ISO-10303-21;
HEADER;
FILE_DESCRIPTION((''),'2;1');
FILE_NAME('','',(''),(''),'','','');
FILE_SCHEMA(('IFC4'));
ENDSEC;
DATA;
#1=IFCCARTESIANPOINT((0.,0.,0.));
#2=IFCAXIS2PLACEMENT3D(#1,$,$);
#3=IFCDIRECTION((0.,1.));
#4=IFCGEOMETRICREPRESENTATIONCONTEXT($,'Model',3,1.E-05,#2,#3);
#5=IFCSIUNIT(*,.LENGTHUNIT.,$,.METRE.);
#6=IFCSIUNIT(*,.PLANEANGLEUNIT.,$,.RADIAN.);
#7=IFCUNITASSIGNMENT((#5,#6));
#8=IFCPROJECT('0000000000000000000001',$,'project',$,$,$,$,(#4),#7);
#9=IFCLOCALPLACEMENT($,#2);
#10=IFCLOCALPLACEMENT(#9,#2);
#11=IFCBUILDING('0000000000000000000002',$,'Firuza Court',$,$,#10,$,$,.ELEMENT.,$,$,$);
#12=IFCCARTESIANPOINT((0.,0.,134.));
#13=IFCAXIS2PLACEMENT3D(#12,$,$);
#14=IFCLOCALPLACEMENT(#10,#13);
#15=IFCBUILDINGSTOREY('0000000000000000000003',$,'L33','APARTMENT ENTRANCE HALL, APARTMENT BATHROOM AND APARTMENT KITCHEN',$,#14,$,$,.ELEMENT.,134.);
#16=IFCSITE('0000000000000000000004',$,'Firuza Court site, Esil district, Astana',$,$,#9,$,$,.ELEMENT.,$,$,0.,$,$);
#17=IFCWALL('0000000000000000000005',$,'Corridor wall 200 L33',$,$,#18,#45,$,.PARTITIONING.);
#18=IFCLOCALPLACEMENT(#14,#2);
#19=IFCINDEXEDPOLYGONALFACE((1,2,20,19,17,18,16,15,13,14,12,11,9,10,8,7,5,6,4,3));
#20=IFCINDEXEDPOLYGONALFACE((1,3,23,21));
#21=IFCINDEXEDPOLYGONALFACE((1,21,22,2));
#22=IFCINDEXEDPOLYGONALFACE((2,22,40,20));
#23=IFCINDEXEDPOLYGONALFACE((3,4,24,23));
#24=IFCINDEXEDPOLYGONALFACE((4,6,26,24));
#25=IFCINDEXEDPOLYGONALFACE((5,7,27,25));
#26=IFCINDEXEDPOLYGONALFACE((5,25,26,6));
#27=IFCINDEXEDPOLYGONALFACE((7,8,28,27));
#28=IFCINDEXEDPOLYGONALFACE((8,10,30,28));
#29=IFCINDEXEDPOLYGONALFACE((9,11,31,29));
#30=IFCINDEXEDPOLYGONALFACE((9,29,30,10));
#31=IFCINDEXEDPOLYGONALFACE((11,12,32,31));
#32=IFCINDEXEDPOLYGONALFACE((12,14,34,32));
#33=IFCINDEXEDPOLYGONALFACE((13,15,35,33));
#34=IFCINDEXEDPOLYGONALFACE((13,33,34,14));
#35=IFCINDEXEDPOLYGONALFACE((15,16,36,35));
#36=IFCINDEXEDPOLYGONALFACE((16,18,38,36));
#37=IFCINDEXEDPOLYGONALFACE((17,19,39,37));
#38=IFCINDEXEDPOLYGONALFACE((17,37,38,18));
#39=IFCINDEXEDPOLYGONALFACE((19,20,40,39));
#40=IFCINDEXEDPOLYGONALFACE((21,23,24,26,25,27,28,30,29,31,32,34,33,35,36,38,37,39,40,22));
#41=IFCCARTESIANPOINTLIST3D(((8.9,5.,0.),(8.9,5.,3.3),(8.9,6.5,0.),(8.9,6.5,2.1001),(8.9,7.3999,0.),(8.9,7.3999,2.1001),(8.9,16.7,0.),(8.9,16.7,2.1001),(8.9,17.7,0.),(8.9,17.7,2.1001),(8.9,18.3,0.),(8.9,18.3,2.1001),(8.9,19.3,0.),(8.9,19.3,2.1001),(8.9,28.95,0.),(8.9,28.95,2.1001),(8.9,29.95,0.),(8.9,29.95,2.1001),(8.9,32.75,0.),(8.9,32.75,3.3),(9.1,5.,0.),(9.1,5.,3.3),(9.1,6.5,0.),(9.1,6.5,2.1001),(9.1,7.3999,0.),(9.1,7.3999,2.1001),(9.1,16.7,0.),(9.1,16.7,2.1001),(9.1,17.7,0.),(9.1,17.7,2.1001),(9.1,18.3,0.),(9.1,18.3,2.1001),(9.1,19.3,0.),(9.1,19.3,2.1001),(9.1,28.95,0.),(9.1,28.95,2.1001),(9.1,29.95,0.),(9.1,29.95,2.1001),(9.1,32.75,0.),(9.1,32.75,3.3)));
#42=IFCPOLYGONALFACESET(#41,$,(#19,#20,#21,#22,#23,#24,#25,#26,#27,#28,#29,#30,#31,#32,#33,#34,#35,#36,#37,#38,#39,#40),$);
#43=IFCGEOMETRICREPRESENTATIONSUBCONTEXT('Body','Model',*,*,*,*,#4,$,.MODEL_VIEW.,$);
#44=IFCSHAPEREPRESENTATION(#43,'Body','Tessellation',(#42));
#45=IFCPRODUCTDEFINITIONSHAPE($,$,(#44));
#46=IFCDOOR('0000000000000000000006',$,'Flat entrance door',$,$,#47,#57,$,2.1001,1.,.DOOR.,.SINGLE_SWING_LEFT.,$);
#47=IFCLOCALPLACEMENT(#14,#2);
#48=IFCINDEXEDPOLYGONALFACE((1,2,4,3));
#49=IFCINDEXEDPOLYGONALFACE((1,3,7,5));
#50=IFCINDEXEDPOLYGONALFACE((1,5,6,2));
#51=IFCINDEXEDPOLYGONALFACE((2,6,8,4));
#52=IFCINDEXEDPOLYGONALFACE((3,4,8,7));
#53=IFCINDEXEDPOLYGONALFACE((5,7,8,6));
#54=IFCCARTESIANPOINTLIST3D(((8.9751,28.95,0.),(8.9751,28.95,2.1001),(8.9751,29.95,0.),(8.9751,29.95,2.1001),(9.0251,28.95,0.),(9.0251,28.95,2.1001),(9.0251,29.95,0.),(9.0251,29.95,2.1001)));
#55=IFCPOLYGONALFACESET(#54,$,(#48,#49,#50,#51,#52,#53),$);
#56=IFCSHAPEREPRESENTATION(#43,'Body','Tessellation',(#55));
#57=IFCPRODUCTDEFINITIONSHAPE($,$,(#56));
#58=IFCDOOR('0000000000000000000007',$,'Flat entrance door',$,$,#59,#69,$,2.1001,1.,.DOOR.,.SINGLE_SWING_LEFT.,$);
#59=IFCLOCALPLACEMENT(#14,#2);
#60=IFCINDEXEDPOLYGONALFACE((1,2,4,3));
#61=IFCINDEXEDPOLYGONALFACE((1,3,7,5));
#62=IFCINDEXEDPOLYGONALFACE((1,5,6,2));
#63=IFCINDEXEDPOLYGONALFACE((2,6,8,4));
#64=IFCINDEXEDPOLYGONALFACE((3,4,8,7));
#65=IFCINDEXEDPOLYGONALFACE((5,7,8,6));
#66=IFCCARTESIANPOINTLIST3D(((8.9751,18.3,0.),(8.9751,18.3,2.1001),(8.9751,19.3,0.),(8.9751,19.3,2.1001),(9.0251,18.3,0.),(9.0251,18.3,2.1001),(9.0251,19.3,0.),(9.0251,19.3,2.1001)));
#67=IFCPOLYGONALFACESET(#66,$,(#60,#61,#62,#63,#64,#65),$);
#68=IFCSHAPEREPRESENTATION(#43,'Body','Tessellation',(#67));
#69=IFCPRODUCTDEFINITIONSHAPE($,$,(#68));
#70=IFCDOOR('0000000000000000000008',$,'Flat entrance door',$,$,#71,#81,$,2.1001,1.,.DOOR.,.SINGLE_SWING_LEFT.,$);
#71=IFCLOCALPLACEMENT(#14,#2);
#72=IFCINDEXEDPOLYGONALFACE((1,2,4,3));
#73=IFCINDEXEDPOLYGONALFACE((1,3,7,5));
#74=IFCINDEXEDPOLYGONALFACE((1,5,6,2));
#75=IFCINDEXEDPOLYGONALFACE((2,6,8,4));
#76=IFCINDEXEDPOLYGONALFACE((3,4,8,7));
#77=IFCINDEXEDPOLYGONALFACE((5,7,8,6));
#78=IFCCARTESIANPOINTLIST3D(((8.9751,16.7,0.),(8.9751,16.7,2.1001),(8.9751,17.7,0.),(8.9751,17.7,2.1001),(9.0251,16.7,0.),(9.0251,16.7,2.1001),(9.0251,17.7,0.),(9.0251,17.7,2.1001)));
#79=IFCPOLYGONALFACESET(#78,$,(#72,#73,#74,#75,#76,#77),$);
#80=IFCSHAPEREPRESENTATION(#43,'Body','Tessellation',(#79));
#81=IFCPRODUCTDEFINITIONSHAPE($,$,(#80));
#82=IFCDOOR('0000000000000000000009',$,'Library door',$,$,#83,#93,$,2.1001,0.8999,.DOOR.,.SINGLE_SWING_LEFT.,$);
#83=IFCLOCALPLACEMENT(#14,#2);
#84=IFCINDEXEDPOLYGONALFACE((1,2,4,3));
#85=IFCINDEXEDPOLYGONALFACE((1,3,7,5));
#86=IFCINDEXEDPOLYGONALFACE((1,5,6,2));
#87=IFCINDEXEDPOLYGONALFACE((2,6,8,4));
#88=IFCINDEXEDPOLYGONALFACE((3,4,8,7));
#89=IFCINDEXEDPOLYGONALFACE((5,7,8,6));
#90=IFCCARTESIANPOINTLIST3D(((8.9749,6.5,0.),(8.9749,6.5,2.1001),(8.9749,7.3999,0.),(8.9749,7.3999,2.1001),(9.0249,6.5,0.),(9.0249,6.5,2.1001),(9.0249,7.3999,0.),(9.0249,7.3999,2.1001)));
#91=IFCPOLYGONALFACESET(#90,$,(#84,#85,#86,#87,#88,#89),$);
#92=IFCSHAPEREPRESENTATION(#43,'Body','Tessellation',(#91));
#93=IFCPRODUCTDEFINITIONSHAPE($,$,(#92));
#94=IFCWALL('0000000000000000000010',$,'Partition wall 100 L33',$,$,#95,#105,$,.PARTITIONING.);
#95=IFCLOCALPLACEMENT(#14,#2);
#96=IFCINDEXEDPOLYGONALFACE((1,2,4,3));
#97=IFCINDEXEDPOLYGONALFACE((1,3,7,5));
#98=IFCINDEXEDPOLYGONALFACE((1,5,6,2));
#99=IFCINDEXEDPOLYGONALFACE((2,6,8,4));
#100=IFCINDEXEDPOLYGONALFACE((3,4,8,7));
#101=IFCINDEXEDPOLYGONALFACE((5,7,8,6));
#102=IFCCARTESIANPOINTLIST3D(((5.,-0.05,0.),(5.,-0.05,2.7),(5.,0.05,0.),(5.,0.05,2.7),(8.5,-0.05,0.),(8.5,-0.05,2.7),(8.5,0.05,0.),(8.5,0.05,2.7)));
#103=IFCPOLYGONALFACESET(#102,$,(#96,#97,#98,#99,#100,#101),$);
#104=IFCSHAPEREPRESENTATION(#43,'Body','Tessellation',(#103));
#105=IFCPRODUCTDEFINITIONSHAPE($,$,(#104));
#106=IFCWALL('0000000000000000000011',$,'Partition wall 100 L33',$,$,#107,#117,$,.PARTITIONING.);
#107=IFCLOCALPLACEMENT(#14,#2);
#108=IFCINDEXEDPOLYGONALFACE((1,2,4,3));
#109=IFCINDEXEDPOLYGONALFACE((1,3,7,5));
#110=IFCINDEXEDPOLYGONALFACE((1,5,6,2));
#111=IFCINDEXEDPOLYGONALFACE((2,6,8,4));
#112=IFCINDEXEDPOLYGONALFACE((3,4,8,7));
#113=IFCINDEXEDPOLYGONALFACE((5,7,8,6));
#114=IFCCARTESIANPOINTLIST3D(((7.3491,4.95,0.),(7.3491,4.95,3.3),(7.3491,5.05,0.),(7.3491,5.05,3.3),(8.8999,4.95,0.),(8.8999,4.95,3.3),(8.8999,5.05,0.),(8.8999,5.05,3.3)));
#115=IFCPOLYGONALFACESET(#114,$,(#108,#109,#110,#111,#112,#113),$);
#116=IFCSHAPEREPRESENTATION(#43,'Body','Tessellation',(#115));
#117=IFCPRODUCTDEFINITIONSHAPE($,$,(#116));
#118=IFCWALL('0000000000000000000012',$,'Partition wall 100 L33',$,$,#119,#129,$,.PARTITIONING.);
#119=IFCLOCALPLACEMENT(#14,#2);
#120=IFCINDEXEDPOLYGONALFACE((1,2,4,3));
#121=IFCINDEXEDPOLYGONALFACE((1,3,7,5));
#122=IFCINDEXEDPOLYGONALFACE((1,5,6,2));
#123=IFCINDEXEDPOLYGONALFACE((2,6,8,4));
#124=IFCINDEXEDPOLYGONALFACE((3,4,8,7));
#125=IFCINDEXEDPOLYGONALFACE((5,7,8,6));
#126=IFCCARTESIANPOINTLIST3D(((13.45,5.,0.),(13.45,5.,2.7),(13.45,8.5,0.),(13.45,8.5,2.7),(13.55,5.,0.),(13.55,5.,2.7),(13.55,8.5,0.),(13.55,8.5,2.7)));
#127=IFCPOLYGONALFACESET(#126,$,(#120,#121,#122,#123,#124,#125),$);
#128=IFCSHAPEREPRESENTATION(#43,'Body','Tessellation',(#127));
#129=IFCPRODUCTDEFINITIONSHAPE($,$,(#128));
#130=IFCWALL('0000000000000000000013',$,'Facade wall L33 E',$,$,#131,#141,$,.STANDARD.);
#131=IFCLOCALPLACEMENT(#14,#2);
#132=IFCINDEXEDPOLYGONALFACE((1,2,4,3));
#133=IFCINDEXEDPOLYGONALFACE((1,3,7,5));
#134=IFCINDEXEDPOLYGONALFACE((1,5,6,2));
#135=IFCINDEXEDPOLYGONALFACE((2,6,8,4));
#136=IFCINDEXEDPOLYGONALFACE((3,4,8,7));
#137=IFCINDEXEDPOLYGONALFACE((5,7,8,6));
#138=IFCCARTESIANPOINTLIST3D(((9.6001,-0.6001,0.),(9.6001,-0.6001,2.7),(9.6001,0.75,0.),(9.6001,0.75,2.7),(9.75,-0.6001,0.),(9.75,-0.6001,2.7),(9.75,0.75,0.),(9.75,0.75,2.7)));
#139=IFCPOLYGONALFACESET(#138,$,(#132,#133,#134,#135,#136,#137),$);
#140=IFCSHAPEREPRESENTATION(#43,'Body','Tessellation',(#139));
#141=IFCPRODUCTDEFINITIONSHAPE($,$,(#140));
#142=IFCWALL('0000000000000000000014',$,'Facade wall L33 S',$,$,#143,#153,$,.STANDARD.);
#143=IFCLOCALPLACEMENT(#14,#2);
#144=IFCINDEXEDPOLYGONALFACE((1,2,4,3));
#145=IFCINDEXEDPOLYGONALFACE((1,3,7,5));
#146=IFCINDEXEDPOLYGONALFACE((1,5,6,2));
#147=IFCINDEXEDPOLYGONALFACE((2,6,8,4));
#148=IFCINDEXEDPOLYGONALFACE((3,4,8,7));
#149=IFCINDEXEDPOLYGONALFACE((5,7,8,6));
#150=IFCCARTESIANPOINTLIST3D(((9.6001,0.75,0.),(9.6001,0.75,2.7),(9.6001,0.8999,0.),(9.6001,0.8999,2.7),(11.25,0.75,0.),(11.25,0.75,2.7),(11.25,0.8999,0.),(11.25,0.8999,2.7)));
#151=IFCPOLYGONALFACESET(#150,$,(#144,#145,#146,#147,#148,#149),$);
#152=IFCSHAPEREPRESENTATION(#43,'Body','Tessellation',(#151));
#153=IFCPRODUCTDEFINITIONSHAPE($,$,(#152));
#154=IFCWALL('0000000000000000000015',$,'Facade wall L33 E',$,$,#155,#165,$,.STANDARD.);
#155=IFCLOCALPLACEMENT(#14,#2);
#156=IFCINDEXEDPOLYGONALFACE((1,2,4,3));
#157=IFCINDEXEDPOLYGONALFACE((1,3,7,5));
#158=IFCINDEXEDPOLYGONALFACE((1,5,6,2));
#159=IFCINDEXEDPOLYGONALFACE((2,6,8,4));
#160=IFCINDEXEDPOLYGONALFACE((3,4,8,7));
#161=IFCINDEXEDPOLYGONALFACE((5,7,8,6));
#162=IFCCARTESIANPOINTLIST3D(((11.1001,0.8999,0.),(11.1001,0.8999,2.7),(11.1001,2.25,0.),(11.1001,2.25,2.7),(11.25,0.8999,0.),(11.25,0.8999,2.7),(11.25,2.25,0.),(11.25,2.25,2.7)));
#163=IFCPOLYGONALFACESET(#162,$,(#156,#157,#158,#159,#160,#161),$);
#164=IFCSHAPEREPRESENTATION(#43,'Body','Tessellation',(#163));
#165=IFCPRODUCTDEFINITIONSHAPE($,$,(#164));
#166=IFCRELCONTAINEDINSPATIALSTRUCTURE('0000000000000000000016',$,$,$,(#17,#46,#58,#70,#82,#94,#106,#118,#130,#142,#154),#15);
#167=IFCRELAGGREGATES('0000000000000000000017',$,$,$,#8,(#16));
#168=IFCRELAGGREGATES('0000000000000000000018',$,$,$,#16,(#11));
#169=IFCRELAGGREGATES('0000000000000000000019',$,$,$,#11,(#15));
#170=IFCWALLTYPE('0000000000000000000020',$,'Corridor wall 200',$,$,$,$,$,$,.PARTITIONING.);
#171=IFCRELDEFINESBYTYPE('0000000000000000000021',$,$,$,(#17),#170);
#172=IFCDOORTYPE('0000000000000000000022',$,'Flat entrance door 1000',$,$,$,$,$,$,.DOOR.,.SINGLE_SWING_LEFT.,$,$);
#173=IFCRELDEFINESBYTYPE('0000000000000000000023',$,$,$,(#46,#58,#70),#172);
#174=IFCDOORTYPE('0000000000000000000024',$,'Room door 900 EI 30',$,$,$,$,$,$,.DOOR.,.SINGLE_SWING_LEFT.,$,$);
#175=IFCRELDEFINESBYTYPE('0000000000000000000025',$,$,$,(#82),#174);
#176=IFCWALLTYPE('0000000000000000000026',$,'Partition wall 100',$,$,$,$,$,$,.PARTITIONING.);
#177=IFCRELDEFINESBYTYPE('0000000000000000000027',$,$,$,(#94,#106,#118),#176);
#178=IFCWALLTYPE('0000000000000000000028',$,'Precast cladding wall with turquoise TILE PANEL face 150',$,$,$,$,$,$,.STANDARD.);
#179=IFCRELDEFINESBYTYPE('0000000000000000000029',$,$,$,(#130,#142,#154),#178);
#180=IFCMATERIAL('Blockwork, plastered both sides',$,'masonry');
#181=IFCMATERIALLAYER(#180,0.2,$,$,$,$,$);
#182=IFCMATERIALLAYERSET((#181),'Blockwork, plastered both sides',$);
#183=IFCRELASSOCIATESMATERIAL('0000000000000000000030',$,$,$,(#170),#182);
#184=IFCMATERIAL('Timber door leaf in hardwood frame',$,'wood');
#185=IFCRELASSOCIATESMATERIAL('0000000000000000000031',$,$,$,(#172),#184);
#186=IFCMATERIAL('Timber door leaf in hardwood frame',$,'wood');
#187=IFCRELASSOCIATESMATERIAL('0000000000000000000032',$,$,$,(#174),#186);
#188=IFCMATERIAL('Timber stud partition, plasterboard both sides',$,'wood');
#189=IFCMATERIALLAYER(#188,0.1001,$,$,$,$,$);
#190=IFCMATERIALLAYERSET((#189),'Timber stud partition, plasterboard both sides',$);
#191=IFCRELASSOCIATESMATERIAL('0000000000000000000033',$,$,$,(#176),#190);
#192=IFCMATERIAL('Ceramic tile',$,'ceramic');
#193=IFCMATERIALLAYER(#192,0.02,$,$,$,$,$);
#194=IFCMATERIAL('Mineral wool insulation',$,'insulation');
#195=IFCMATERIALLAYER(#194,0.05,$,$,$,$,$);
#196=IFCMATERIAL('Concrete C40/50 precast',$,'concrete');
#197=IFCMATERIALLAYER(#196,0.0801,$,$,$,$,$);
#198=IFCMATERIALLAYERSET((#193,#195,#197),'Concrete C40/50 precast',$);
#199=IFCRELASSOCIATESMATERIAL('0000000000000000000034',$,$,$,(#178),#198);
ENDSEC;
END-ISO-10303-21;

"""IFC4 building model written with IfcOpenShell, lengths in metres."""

from ifc_helpers import new_model, si_unit, direction, frame, frame_2d, origin, place, context, subcontext, project, spatial, rectangle, extrude, material, layer, layer_set, type_object, element, fill, save


model = new_model("IFC4")

# Units and contexts
model_context = context("Model", 3, precision=1e-05, world=origin(), true_north=direction((0.0, 1.0)))
body_context = subcontext(model_context, "Body", "Model", "MODEL_VIEW")
ifc_project = project(units=[si_unit("LENGTHUNIT", "METRE"), si_unit("PLANEANGLEUNIT", "RADIAN")], contexts=[model_context])

# Site, building, storey
site_placement = place(None, origin())
site = spatial("IfcSite", under=ifc_project, at=site_placement, Name="Firuza Court site, Esil district, Astana", CompositionType="ELEMENT", RefElevation=0.0)
building_placement = place(site_placement, origin())
building = spatial("IfcBuilding", under=site, at=building_placement, Name="Firuza Court", CompositionType="ELEMENT")
storey_placement = place(building_placement, frame((0.0, 0.0, 134.0)))
storey = spatial("IfcBuildingStorey", under=building, at=storey_placement, Name="L33", Description="APARTMENT ENTRANCE HALL, APARTMENT BATHROOM AND APARTMENT KITCHEN", CompositionType="ELEMENT", Elevation=134.0)

# Wall, openings, doors
ifc_material_1 = material(Name="Blockwork, plastered both sides", Category="masonry")
ifc_layer_1 = layer(ifc_material_1, 0.2)
ifc_layer_set_1 = layer_set([ifc_layer_1], Name="Blockwork, plastered both sides")
wall_type_1 = type_object("IfcWallType", Name="Corridor wall 200", PredefinedType="PARTITIONING", material=ifc_layer_set_1)
wall_1_placement = place(storey_placement, frame((9.0, 5.0, 0.0), z_axis=(0.0, 0.0, 1.0), x_axis=(0.0, 1.0, 0.0)))
wall_1 = element("IfcWall", 1, at=wall_1_placement, inside=storey, type_object=wall_type_1, Name="Corridor wall 200 L33", PredefinedType="PARTITIONING", context=body_context, shape_type="SweptSolid", body=[
    extrude(rectangle(XDim=27.75, YDim=0.2, at=frame_2d((13.875, 0.0))), origin(), (0.0, 0.0, 1.0), 3.3),
])
opening_1_placement = place(wall_1_placement, frame((23.95, 0.0, 0.0)))
opening_1 = element("IfcOpeningElement", 2, at=opening_1_placement, cuts=wall_1, PredefinedType="OPENING", context=body_context, shape_type="SweptSolid", body=[
    extrude(rectangle(XDim=1.0, YDim=2.1001, at=frame_2d((0.5, 1.05))), frame((0.0, 0.1118, 0.0), z_axis=(0.0, -1.0, 0.0), x_axis=(1.0, 0.0, 0.0)), (0.0, 0.0, 1.0), 0.2239),
])
opening_2_placement = place(wall_1_placement, frame((13.3, 0.0, 0.0)))
opening_2 = element("IfcOpeningElement", 3, at=opening_2_placement, cuts=wall_1, PredefinedType="OPENING", context=body_context, shape_type="SweptSolid", body=[
    extrude(rectangle(XDim=1.0, YDim=2.1001, at=frame_2d((0.5, 1.05))), frame((0.0, 0.1118, 0.0), z_axis=(0.0, -1.0, 0.0), x_axis=(1.0, 0.0, 0.0)), (0.0, 0.0, 1.0), 0.2239),
])
opening_3_placement = place(wall_1_placement, frame((11.7, 0.0, 0.0)))
opening_3 = element("IfcOpeningElement", 4, at=opening_3_placement, cuts=wall_1, PredefinedType="OPENING", context=body_context, shape_type="SweptSolid", body=[
    extrude(rectangle(XDim=1.0, YDim=2.1001, at=frame_2d((0.5, 1.05))), frame((0.0, 0.1118, 0.0), z_axis=(0.0, -1.0, 0.0), x_axis=(1.0, 0.0, 0.0)), (0.0, 0.0, 1.0), 0.2239),
])
opening_4_placement = place(wall_1_placement, frame((1.5, 0.0, 0.0)))
opening_4 = element("IfcOpeningElement", 5, at=opening_4_placement, cuts=wall_1, PredefinedType="OPENING", context=body_context, shape_type="SweptSolid", body=[
    extrude(rectangle(XDim=0.8999, YDim=2.1001, at=frame_2d((0.45, 1.05))), frame((0.0, 0.1118, 0.0), z_axis=(0.0, -1.0, 0.0), x_axis=(1.0, 0.0, 0.0)), (0.0, 0.0, 1.0), 0.2239),
])
ifc_material_2 = material(Name="Timber door leaf in hardwood frame", Category="wood")
door_type_1 = type_object("IfcDoorType", Name="Flat entrance door 1000", OperationType="SINGLE_SWING_LEFT", PredefinedType="DOOR", material=ifc_material_2)
door_1_placement = place(opening_1_placement, origin())
door_1 = element("IfcDoor", 6, at=door_1_placement, inside=storey, type_object=door_type_1, Name="Flat entrance door", OperationType="SINGLE_SWING_LEFT", OverallHeight=2.1001, OverallWidth=1.0, PredefinedType="DOOR", context=body_context, shape_type="SweptSolid", body=[
    extrude(rectangle(XDim=1.0, YDim=2.1001, at=frame_2d((0.5, 1.05))), frame((0.0, 0.0249, 0.0), z_axis=(0.0, -1.0, 0.0), x_axis=(1.0, 0.0, 0.0)), (0.0, 0.0, 1.0), 0.05),
])
fill(opening_1, door_1)
door_2_placement = place(opening_2_placement, origin())
door_2 = element("IfcDoor", 7, at=door_2_placement, inside=storey, type_object=door_type_1, Name="Flat entrance door", OperationType="SINGLE_SWING_LEFT", OverallHeight=2.1001, OverallWidth=1.0, PredefinedType="DOOR", context=body_context, shape_type="SweptSolid", body=[
    extrude(rectangle(XDim=1.0, YDim=2.1001, at=frame_2d((0.5, 1.05))), frame((0.0, 0.0249, 0.0), z_axis=(0.0, -1.0, 0.0), x_axis=(1.0, 0.0, 0.0)), (0.0, 0.0, 1.0), 0.05),
])
fill(opening_2, door_2)
door_3_placement = place(opening_3_placement, origin())
door_3 = element("IfcDoor", 8, at=door_3_placement, inside=storey, type_object=door_type_1, Name="Flat entrance door", OperationType="SINGLE_SWING_LEFT", OverallHeight=2.1001, OverallWidth=1.0, PredefinedType="DOOR", context=body_context, shape_type="SweptSolid", body=[
    extrude(rectangle(XDim=1.0, YDim=2.1001, at=frame_2d((0.5, 1.05))), frame((0.0, 0.0249, 0.0), z_axis=(0.0, -1.0, 0.0), x_axis=(1.0, 0.0, 0.0)), (0.0, 0.0, 1.0), 0.05),
])
fill(opening_3, door_3)
ifc_material_3 = material(Name="Timber door leaf in hardwood frame", Category="wood")
door_type_2 = type_object("IfcDoorType", Name="Room door 900 EI 30", OperationType="SINGLE_SWING_LEFT", PredefinedType="DOOR", material=ifc_material_3)
door_4_placement = place(opening_4_placement, frame((0.8999, 0.0, 0.0), z_axis=(0.0, 0.0, 1.0), x_axis=(-1.0, 0.0, 0.0)))
door_4 = element("IfcDoor", 9, at=door_4_placement, inside=storey, type_object=door_type_2, Name="Library door", OperationType="SINGLE_SWING_LEFT", OverallHeight=2.1001, OverallWidth=0.8999, PredefinedType="DOOR", context=body_context, shape_type="SweptSolid", body=[
    extrude(rectangle(XDim=0.8999, YDim=2.1001, at=frame_2d((0.45, 1.05))), frame((0.0, 0.0249, 0.0), z_axis=(0.0, -1.0, 0.0), x_axis=(1.0, 0.0, 0.0)), (0.0, 0.0, 1.0), 0.05),
])
fill(opening_4, door_4)

# Walls
ifc_material_4 = material(Name="Timber stud partition, plasterboard both sides", Category="wood")
ifc_layer_2 = layer(ifc_material_4, 0.1001)
ifc_layer_set_2 = layer_set([ifc_layer_2], Name="Timber stud partition, plasterboard both sides")
wall_type_2 = type_object("IfcWallType", Name="Partition wall 100", PredefinedType="PARTITIONING", material=ifc_layer_set_2)
wall_2_placement = place(storey_placement, frame((5.0, 0.0, 0.0), z_axis=(0.0, 0.0, 1.0), x_axis=(1.0, 0.0, 0.0)))
element("IfcWall", 10, at=wall_2_placement, inside=storey, type_object=wall_type_2, Name="Partition wall 100 L33", PredefinedType="PARTITIONING", context=body_context, shape_type="SweptSolid", body=[
    extrude(rectangle(XDim=3.5, YDim=0.1001, at=frame_2d((1.75, 0.0))), origin(), (0.0, 0.0, 1.0), 2.7),
])
wall_3_placement = place(storey_placement, frame((7.3491, 5.0, 0.0), z_axis=(0.0, 0.0, 1.0), x_axis=(1.0, 0.0, 0.0)))
element("IfcWall", 11, at=wall_3_placement, inside=storey, type_object=wall_type_2, Name="Partition wall 100 L33", PredefinedType="PARTITIONING", context=body_context, shape_type="SweptSolid", body=[
    extrude(rectangle(XDim=1.5508, YDim=0.1001, at=frame_2d((0.7754, 0.0))), origin(), (0.0, 0.0, 1.0), 3.3),
])
wall_4_placement = place(storey_placement, frame((13.5, 5.0, 0.0), z_axis=(0.0, 0.0, 1.0), x_axis=(0.0, 1.0, 0.0)))
element("IfcWall", 12, at=wall_4_placement, inside=storey, type_object=wall_type_2, Name="Partition wall 100 L33", PredefinedType="PARTITIONING", context=body_context, shape_type="SweptSolid", body=[
    extrude(rectangle(XDim=3.5, YDim=0.1001, at=frame_2d((1.75, 0.0))), origin(), (0.0, 0.0, 1.0), 2.7),
])
ifc_material_5 = material(Name="Ceramic tile", Category="ceramic")
ifc_layer_3 = layer(ifc_material_5, 0.02)
ifc_material_6 = material(Name="Mineral wool insulation", Category="insulation")
ifc_layer_4 = layer(ifc_material_6, 0.05)
ifc_material_7 = material(Name="Concrete C40/50 precast", Category="concrete")
ifc_layer_5 = layer(ifc_material_7, 0.0801)
ifc_layer_set_3 = layer_set([ifc_layer_3, ifc_layer_4, ifc_layer_5], Name="Concrete C40/50 precast")
wall_type_3 = type_object("IfcWallType", Name="Precast cladding wall with turquoise TILE PANEL face 150", PredefinedType="STANDARD", material=ifc_layer_set_3)
wall_5_placement = place(storey_placement, frame((9.675, -0.6001, 0.0), z_axis=(0.0, 0.0, 1.0), x_axis=(0.0, 1.0, 0.0)))
element("IfcWall", 13, at=wall_5_placement, inside=storey, type_object=wall_type_3, Name="Facade wall L33 E", PredefinedType="STANDARD", context=body_context, shape_type="SweptSolid", body=[
    extrude(rectangle(XDim=1.3501, YDim=0.1499, at=frame_2d((0.675, 0.0))), origin(), (0.0, 0.0, 1.0), 2.7),
])
wall_6_placement = place(storey_placement, frame((9.6001, 0.825, 0.0), z_axis=(0.0, 0.0, 1.0), x_axis=(1.0, 0.0, 0.0)))
element("IfcWall", 14, at=wall_6_placement, inside=storey, type_object=wall_type_3, Name="Facade wall L33 S", PredefinedType="STANDARD", context=body_context, shape_type="SweptSolid", body=[
    extrude(rectangle(XDim=1.6499, YDim=0.1499, at=frame_2d((0.825, 0.0))), origin(), (0.0, 0.0, 1.0), 2.7),
])
wall_7_placement = place(storey_placement, frame((11.175, 0.8999, 0.0), z_axis=(0.0, 0.0, 1.0), x_axis=(0.0, 1.0, 0.0)))
element("IfcWall", 15, at=wall_7_placement, inside=storey, type_object=wall_type_3, Name="Facade wall L33 E", PredefinedType="STANDARD", context=body_context, shape_type="SweptSolid", body=[
    extrude(rectangle(XDim=1.3501, YDim=0.1499, at=frame_2d((0.675, 0.0))), origin(), (0.0, 0.0, 1.0), 2.7),
])

save(model, "model.ifc")
